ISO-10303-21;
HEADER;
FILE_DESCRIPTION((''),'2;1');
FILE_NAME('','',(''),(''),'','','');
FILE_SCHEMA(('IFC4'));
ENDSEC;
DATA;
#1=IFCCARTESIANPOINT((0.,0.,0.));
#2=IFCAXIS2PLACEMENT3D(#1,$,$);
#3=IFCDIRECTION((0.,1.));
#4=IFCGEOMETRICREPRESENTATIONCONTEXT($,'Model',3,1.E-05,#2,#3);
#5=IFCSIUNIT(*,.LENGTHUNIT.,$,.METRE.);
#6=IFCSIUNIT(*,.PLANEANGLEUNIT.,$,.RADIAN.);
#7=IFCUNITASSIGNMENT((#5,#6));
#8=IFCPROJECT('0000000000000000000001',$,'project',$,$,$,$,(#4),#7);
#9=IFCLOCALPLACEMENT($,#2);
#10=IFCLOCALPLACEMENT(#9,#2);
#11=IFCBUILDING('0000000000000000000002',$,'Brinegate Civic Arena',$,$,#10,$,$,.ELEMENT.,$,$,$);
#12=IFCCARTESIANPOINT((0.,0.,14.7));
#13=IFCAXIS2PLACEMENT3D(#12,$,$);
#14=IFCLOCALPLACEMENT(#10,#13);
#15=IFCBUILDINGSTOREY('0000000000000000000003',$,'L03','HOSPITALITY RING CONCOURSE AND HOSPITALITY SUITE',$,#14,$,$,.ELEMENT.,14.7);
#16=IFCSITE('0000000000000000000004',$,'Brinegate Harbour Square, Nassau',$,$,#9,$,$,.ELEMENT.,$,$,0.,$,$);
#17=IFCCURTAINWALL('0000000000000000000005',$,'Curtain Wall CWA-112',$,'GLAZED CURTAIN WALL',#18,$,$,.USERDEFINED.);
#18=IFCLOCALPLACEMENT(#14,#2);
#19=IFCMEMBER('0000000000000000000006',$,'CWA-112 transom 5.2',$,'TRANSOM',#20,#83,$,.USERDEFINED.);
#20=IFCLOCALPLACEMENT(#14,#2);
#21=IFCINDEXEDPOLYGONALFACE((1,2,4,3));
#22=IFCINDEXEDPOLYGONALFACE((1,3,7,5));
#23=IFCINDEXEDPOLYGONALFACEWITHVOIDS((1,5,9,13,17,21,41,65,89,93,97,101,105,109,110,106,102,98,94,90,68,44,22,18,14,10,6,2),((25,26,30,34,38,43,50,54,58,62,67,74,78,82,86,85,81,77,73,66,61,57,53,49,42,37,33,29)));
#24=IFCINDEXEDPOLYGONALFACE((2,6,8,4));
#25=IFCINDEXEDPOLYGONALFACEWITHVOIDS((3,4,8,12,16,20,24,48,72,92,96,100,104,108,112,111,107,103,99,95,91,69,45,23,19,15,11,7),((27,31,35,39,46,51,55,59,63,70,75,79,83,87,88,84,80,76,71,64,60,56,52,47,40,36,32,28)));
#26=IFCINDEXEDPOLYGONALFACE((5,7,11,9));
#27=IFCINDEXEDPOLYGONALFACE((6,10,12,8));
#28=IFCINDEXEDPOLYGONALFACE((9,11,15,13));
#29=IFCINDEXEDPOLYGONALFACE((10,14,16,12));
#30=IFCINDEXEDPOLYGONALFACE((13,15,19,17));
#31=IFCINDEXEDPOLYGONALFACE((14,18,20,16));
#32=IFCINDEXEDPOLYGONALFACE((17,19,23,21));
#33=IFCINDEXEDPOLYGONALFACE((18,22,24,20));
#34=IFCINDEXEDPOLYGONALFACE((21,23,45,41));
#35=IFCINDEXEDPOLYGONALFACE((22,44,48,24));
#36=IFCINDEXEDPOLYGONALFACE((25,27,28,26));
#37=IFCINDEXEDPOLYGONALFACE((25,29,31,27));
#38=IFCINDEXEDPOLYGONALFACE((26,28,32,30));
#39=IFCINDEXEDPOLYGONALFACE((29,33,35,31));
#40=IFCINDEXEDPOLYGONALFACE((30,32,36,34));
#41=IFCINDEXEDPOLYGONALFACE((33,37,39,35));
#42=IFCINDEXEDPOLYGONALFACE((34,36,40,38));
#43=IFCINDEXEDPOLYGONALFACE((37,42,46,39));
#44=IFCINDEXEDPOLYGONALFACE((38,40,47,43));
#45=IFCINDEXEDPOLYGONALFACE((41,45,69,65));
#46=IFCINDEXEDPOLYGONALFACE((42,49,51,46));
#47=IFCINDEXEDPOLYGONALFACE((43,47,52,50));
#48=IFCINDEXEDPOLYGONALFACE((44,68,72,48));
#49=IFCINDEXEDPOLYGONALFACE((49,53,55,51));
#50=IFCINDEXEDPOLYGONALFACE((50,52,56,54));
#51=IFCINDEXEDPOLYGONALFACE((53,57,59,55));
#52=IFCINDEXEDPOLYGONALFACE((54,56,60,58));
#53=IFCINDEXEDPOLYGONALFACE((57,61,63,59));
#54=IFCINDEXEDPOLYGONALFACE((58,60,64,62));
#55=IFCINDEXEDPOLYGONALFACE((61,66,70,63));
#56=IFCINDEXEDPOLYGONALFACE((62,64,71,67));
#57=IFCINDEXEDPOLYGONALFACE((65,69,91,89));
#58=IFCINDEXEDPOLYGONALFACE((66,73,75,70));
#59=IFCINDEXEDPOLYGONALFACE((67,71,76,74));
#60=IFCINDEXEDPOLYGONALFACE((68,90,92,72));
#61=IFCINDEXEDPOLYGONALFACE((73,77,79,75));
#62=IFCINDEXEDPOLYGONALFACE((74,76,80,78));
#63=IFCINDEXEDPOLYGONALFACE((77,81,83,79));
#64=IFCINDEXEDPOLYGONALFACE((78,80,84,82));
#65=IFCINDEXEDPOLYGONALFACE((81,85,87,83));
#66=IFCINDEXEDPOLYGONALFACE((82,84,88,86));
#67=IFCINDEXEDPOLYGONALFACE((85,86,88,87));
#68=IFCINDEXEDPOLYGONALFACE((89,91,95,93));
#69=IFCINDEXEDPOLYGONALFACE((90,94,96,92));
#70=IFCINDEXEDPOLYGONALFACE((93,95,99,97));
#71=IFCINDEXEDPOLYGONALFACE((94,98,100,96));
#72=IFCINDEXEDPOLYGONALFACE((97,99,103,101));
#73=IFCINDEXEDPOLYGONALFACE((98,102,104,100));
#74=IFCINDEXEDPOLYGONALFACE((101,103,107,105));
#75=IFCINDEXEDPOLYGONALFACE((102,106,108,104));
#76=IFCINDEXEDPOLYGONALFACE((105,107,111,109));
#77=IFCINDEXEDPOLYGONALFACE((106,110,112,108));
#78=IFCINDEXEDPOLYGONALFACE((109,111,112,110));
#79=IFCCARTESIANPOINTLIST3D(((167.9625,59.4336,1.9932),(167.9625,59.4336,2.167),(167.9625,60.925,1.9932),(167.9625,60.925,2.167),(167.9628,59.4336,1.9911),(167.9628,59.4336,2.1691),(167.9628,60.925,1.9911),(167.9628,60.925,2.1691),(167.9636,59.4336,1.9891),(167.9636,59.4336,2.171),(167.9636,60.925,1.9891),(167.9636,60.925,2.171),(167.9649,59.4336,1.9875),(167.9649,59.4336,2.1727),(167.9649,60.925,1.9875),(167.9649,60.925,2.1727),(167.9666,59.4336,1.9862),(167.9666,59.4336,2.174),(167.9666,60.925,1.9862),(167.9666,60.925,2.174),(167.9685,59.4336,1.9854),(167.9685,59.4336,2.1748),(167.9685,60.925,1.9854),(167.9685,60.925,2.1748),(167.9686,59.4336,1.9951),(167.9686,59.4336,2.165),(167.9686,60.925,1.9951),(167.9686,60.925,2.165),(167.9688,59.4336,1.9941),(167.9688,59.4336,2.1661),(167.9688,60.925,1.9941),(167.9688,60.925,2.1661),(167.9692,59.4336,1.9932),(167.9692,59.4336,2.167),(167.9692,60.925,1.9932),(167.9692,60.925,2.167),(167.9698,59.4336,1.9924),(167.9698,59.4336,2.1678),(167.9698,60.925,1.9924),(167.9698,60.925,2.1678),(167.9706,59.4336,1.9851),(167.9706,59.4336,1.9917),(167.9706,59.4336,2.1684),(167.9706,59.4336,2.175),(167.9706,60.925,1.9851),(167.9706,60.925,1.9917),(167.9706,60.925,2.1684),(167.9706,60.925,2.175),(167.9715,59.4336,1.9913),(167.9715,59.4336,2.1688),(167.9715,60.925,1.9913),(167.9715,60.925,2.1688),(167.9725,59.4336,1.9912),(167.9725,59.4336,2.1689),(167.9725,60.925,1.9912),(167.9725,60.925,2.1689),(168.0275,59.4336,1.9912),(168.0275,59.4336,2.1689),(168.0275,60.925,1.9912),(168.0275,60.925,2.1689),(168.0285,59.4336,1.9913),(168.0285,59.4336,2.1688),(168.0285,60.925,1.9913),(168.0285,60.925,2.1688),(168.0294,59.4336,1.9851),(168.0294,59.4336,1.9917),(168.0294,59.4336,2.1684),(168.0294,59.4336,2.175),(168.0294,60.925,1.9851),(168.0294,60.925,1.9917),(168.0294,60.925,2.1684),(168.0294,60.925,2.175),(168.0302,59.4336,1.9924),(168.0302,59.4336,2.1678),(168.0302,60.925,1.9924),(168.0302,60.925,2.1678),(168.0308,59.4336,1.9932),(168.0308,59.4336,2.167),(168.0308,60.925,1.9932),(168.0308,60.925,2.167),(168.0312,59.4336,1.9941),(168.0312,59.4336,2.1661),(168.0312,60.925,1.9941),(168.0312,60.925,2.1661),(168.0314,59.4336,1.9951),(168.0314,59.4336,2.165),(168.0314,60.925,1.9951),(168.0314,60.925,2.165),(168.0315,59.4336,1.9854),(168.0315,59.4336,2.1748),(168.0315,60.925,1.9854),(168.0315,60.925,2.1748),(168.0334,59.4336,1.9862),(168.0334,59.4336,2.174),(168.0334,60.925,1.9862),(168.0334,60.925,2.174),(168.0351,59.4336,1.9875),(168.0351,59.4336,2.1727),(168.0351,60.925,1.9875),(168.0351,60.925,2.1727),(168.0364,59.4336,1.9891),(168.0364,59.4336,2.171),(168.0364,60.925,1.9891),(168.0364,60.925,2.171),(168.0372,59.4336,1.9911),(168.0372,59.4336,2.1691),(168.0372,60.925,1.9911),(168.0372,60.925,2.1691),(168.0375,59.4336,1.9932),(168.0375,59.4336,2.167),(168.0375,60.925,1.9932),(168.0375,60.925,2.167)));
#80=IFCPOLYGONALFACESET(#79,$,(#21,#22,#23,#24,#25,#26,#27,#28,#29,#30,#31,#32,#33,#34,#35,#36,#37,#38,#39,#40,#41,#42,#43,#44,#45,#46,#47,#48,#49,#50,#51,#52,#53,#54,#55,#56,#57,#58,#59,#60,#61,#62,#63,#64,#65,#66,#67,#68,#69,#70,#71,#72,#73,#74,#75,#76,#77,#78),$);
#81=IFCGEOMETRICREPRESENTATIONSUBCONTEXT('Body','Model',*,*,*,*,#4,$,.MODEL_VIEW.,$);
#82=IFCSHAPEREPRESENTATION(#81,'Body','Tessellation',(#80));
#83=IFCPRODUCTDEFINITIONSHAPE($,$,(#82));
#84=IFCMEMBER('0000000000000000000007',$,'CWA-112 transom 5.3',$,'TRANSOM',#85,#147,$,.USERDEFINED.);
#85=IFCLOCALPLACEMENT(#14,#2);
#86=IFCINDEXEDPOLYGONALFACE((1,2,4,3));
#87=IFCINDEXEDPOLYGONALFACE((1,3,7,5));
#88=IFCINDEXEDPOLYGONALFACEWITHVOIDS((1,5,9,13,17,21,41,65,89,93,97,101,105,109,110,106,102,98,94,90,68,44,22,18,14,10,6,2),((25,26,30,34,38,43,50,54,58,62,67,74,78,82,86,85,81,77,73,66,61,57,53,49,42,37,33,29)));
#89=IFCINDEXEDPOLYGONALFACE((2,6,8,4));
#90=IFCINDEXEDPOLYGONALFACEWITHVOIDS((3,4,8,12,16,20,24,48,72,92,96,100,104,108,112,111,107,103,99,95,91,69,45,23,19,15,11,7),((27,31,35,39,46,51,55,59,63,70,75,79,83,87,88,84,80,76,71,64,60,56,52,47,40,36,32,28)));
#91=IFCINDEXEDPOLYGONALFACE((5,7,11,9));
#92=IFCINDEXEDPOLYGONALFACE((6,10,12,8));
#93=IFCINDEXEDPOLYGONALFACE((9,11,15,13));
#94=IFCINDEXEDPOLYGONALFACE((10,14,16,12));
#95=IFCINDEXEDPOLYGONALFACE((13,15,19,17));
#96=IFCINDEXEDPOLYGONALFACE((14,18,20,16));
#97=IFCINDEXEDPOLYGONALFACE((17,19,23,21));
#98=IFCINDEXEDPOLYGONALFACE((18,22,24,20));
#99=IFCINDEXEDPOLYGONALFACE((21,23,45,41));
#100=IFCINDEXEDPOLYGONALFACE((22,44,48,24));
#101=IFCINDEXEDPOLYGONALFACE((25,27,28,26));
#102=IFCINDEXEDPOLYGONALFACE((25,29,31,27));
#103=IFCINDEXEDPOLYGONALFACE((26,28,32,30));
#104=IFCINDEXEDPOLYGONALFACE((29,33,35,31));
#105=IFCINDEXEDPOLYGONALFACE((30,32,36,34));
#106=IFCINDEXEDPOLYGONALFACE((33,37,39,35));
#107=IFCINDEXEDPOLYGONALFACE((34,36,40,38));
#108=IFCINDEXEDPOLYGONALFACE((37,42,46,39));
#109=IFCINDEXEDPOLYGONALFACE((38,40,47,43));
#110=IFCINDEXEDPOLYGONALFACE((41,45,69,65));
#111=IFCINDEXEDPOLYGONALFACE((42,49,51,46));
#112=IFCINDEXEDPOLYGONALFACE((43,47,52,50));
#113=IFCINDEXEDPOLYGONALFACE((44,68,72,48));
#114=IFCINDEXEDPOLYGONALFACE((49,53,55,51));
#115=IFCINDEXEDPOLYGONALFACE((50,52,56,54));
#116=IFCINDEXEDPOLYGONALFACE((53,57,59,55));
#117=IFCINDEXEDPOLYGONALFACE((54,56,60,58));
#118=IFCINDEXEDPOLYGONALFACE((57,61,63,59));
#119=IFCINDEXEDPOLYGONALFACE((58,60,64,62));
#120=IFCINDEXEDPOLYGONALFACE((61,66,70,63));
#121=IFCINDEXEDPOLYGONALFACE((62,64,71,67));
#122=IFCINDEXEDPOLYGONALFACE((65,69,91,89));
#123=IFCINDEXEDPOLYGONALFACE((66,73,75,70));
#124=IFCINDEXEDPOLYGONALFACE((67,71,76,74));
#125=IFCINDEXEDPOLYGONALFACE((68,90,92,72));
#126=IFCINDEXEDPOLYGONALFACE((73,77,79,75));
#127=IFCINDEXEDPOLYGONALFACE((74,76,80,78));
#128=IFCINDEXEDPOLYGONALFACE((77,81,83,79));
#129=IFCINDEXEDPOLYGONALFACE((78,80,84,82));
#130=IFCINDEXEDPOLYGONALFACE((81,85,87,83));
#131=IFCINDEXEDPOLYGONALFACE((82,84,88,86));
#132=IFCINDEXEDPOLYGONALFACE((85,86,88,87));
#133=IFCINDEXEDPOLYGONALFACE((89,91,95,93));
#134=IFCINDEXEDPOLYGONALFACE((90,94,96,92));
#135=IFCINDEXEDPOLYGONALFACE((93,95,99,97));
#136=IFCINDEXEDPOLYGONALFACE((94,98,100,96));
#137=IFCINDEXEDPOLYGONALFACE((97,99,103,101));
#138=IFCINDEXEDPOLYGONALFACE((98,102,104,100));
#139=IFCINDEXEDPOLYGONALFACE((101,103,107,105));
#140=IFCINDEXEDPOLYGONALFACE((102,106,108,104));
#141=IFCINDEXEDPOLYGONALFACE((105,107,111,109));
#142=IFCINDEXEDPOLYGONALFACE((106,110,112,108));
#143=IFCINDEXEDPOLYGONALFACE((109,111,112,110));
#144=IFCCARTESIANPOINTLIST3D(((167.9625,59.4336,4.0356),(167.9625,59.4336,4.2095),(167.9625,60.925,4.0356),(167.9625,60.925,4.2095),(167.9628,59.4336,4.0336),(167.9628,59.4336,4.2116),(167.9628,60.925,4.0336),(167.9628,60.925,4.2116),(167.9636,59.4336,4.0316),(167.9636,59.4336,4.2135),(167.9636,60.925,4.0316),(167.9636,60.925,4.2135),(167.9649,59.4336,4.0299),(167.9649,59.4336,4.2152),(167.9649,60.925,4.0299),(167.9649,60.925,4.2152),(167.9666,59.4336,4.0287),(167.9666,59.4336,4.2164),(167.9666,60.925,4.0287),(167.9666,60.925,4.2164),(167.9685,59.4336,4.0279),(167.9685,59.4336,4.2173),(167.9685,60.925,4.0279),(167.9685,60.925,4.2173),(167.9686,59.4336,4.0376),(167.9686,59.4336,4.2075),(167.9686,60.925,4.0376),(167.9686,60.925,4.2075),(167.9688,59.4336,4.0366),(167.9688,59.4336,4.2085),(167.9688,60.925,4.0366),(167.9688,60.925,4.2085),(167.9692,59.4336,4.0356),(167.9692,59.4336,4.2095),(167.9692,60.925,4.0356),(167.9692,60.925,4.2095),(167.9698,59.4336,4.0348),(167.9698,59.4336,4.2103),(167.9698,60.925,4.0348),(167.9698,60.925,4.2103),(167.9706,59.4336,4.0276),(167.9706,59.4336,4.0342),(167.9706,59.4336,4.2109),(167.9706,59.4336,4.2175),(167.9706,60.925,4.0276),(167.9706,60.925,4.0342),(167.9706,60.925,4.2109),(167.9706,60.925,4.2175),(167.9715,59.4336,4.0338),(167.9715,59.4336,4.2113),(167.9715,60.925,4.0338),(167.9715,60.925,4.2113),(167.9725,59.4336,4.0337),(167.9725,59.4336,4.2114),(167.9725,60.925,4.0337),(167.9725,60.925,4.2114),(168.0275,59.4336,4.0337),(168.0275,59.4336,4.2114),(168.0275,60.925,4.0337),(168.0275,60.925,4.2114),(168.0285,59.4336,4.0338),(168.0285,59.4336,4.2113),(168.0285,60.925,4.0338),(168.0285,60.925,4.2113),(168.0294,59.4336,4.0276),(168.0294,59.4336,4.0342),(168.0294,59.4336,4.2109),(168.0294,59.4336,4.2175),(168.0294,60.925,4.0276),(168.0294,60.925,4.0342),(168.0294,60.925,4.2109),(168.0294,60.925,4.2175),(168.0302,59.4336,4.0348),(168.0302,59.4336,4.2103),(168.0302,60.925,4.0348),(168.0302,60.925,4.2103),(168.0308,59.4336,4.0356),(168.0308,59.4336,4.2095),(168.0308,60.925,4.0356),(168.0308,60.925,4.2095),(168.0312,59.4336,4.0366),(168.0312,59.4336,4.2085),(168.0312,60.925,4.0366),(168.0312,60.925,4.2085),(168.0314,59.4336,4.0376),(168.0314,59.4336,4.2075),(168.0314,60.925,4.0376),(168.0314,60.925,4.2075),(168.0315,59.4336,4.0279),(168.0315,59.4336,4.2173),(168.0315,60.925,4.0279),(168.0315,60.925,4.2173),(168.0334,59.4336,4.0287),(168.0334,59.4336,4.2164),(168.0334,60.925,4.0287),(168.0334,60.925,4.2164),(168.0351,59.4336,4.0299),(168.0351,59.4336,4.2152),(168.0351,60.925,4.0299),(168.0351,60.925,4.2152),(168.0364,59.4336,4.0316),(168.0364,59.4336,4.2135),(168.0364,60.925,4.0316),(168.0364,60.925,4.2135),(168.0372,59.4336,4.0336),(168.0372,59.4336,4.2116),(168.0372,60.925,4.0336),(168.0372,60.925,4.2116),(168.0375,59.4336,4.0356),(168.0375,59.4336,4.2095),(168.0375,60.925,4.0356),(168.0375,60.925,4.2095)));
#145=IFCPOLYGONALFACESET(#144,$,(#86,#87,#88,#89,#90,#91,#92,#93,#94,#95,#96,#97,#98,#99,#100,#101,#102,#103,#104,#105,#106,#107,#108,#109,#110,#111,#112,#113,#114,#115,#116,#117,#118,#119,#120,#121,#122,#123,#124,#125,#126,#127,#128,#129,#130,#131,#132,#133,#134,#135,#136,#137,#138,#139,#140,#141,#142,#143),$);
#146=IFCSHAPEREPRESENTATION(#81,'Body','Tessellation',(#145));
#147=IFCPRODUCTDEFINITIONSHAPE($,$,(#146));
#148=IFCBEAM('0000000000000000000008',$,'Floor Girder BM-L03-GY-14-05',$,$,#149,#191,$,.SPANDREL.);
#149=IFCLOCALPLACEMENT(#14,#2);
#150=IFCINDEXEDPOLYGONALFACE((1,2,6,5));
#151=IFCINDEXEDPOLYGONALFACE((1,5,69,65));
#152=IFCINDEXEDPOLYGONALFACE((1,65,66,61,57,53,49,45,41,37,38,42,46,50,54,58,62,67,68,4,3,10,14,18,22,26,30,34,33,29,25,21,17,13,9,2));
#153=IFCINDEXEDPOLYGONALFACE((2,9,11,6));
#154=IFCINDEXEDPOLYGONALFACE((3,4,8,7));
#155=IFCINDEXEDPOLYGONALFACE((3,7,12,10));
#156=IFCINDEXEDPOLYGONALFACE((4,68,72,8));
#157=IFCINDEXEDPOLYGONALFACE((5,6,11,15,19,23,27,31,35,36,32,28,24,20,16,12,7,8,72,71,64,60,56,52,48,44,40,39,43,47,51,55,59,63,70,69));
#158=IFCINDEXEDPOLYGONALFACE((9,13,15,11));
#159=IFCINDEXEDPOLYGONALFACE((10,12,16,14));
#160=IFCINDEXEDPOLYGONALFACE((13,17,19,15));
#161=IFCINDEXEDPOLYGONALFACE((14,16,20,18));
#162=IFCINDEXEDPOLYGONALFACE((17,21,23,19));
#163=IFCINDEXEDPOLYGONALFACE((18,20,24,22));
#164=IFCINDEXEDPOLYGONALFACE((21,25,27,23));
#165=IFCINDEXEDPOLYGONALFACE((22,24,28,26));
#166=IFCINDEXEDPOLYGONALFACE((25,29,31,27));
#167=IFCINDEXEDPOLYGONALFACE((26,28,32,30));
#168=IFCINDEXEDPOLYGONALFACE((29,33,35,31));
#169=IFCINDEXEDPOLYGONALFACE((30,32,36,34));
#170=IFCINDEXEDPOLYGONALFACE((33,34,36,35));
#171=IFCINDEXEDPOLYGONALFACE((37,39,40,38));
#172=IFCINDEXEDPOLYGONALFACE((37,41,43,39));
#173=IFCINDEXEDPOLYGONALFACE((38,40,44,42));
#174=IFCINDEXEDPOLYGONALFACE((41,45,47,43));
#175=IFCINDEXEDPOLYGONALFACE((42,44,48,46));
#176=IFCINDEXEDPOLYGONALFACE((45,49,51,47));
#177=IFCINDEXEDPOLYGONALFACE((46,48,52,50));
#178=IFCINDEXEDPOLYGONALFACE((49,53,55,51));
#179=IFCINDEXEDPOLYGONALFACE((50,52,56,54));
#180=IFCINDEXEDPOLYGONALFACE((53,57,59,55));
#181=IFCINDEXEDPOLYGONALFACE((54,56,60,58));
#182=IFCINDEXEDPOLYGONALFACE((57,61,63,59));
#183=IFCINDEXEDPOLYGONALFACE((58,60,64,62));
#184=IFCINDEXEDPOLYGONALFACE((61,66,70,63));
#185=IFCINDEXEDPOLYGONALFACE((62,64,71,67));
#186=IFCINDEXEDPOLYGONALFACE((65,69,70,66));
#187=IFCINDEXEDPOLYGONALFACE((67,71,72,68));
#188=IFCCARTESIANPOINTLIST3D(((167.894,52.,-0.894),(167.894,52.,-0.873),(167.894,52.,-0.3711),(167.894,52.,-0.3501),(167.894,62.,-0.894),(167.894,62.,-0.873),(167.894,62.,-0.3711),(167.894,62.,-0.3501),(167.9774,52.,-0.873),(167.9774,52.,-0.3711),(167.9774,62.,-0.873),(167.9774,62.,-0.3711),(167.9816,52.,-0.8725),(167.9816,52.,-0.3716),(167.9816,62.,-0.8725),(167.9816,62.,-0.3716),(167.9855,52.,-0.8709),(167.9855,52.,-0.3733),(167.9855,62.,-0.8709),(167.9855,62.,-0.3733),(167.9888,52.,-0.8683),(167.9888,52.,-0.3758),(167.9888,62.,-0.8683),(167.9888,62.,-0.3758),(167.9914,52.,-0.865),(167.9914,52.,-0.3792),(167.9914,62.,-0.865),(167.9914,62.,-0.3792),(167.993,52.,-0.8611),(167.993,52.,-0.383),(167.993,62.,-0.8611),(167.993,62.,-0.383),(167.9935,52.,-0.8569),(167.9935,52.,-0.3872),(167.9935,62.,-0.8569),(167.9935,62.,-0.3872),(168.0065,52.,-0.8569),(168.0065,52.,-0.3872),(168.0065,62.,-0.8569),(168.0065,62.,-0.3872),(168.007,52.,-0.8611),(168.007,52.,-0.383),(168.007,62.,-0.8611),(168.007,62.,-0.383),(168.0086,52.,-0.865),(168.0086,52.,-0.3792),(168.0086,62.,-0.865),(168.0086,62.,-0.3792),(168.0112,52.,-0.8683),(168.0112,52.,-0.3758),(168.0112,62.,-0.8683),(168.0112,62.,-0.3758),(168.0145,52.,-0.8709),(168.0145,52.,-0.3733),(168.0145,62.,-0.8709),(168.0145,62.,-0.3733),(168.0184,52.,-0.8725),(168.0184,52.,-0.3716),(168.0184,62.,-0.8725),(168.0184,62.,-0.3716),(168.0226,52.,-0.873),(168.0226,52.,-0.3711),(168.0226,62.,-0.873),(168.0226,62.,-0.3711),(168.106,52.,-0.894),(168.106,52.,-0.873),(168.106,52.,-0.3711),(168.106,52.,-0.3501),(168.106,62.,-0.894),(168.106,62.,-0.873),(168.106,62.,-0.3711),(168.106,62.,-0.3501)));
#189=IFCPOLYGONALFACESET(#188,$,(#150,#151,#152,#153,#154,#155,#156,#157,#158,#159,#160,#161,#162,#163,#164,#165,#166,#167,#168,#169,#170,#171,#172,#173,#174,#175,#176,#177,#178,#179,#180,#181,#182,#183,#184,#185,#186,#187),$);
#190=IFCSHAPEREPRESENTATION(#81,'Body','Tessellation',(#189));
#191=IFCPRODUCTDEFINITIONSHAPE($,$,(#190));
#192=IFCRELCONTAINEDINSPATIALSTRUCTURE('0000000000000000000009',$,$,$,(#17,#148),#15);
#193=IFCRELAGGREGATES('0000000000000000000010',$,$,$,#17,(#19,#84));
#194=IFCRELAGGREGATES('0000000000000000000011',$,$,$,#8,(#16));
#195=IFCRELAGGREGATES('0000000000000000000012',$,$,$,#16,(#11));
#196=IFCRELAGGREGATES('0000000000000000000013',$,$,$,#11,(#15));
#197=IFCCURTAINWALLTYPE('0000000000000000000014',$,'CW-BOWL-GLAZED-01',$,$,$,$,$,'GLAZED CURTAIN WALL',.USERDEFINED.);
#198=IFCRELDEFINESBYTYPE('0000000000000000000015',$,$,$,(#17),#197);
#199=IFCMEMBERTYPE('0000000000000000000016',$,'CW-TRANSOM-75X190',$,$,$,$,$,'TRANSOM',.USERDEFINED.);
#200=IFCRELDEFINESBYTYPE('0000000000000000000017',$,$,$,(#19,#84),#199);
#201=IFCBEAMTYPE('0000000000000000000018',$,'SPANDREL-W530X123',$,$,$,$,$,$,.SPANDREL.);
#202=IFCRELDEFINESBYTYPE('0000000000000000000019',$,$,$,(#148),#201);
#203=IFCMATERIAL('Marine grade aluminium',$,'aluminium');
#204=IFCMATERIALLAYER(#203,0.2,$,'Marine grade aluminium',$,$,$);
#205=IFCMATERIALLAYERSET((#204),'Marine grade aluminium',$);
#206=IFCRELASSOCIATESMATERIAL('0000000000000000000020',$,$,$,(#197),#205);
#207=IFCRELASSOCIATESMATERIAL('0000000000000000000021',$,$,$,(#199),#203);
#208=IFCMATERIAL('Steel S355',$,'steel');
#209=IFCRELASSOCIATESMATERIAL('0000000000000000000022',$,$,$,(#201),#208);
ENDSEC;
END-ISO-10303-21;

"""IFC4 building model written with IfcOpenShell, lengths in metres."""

from ifc_helpers import new_model, si_unit, direction, frame, origin, origin_2d, place, context, subcontext, project, spatial, hollow_rectangle, i_section, extrude, material, layer, layer_set, material_profile, profile_set, type_object, element, aggregate, save


model = new_model("IFC4")

# Units and contexts
model_context = context("Model", 3, precision=1e-05, world=origin(), true_north=direction((0.0, 1.0)))
body_context = subcontext(model_context, "Body", "Model", "MODEL_VIEW")
ifc_project = project(units=[si_unit("LENGTHUNIT", "METRE"), si_unit("PLANEANGLEUNIT", "RADIAN")], contexts=[model_context])

# Site, building, storey
site_placement = place(None, origin())
site = spatial("IfcSite", under=ifc_project, at=site_placement, Name="Brinegate Harbour Square, Nassau", CompositionType="ELEMENT", RefElevation=0.0)
building_placement = place(site_placement, origin())
building = spatial("IfcBuilding", under=site, at=building_placement, Name="Brinegate Civic Arena", CompositionType="ELEMENT")
storey_placement = place(building_placement, frame((0.0, 0.0, 14.7)))
storey = spatial("IfcBuildingStorey", under=building, at=storey_placement, Name="L03", Description="HOSPITALITY RING CONCOURSE AND HOSPITALITY SUITE", CompositionType="ELEMENT", Elevation=14.7)

# Curtain wall
ifc_material_1 = material(Name="Marine grade aluminium", Category="aluminium")
ifc_layer_1 = layer(ifc_material_1, 0.2, Name="Marine grade aluminium")
ifc_layer_set_1 = layer_set([ifc_layer_1], Name="Marine grade aluminium")
curtain_wall_type = type_object("IfcCurtainWallType", Name="CW-BOWL-GLAZED-01", ElementType="GLAZED CURTAIN WALL", PredefinedType="USERDEFINED", material=ifc_layer_set_1)
curtain_wall_1_placement = place(storey_placement, origin())
curtain_wall_1 = element("IfcCurtainWall", 1, at=curtain_wall_1_placement, inside=storey, type_object=curtain_wall_type, Name="Curtain Wall CWA-112", ObjectType="GLAZED CURTAIN WALL", PredefinedType="USERDEFINED")

# Members
ifc_material_profile_1 = material_profile(ifc_material_1, hollow_rectangle(XDim=0.075, YDim=0.1899, WallThickness=0.0061, InnerFilletRadius=0.0039, OuterFilletRadius=0.0081, at=origin_2d()), Name="TRN75X190")
ifc_profile_set_1 = profile_set([ifc_material_profile_1], Name="Marine grade aluminium")
member_type_1 = type_object("IfcMemberType", Name="CW-TRANSOM-75X190", ElementType="TRANSOM", PredefinedType="USERDEFINED", material=ifc_profile_set_1)
member_1_placement = place(storey_placement, frame((168.0, 59.4336, 2.0801), z_axis=(0.0, 1.0, 0.0), x_axis=(-1.0, 0.0, 0.0)))
member_1 = element("IfcMember", 2, at=member_1_placement, type_object=member_type_1, Name="CWA-112 transom 5.2", ObjectType="TRANSOM", PredefinedType="USERDEFINED", context=body_context, shape_type="SweptSolid", body=[
    extrude(hollow_rectangle(XDim=0.075, YDim=0.1899, WallThickness=0.0061, InnerFilletRadius=0.0039, OuterFilletRadius=0.0081, at=origin_2d()), origin(), (0.0, 0.0, 1.0), 1.4915),
])
member_2_placement = place(storey_placement, frame((168.0, 59.4336, 4.1226), z_axis=(0.0, 1.0, 0.0), x_axis=(-1.0, 0.0, 0.0)))
member_2 = element("IfcMember", 3, at=member_2_placement, type_object=member_type_1, Name="CWA-112 transom 5.3", ObjectType="TRANSOM", PredefinedType="USERDEFINED", context=body_context, shape_type="SweptSolid", body=[
    extrude(hollow_rectangle(XDim=0.075, YDim=0.1899, WallThickness=0.0061, InnerFilletRadius=0.0039, OuterFilletRadius=0.0081, at=origin_2d()), origin(), (0.0, 0.0, 1.0), 1.4915),
])

# Beam
ifc_material_2 = material(Name="Steel S355", Category="steel")
ifc_material_profile_2 = material_profile(ifc_material_2, i_section(OverallWidth=0.2119, OverallDepth=0.5439, WebThickness=0.0129, FlangeThickness=0.021, FilletRadius=0.0161, at=origin_2d()), Name="W530X123")
ifc_profile_set_2 = profile_set([ifc_material_profile_2], Name="Steel S355")
beam_type = type_object("IfcBeamType", Name="SPANDREL-W530X123", PredefinedType="SPANDREL", material=ifc_profile_set_2)
beam_placement = place(storey_placement, frame((168.0, 52.0, -0.6221), z_axis=(0.0, 1.0, 0.0), x_axis=(-1.0, 0.0, 0.0)))
element("IfcBeam", 4, at=beam_placement, inside=storey, type_object=beam_type, Name="Floor Girder BM-L03-GY-14-05", PredefinedType="SPANDREL", context=body_context, shape_type="SweptSolid", body=[
    extrude(i_section(OverallWidth=0.2119, OverallDepth=0.5439, WebThickness=0.0129, FlangeThickness=0.021, FilletRadius=0.0161, at=origin_2d()), origin(), (0.0, 0.0, 1.0), 10.0),
])

aggregate(curtain_wall_1, [member_1, member_2])

save(model, "model.ifc")
